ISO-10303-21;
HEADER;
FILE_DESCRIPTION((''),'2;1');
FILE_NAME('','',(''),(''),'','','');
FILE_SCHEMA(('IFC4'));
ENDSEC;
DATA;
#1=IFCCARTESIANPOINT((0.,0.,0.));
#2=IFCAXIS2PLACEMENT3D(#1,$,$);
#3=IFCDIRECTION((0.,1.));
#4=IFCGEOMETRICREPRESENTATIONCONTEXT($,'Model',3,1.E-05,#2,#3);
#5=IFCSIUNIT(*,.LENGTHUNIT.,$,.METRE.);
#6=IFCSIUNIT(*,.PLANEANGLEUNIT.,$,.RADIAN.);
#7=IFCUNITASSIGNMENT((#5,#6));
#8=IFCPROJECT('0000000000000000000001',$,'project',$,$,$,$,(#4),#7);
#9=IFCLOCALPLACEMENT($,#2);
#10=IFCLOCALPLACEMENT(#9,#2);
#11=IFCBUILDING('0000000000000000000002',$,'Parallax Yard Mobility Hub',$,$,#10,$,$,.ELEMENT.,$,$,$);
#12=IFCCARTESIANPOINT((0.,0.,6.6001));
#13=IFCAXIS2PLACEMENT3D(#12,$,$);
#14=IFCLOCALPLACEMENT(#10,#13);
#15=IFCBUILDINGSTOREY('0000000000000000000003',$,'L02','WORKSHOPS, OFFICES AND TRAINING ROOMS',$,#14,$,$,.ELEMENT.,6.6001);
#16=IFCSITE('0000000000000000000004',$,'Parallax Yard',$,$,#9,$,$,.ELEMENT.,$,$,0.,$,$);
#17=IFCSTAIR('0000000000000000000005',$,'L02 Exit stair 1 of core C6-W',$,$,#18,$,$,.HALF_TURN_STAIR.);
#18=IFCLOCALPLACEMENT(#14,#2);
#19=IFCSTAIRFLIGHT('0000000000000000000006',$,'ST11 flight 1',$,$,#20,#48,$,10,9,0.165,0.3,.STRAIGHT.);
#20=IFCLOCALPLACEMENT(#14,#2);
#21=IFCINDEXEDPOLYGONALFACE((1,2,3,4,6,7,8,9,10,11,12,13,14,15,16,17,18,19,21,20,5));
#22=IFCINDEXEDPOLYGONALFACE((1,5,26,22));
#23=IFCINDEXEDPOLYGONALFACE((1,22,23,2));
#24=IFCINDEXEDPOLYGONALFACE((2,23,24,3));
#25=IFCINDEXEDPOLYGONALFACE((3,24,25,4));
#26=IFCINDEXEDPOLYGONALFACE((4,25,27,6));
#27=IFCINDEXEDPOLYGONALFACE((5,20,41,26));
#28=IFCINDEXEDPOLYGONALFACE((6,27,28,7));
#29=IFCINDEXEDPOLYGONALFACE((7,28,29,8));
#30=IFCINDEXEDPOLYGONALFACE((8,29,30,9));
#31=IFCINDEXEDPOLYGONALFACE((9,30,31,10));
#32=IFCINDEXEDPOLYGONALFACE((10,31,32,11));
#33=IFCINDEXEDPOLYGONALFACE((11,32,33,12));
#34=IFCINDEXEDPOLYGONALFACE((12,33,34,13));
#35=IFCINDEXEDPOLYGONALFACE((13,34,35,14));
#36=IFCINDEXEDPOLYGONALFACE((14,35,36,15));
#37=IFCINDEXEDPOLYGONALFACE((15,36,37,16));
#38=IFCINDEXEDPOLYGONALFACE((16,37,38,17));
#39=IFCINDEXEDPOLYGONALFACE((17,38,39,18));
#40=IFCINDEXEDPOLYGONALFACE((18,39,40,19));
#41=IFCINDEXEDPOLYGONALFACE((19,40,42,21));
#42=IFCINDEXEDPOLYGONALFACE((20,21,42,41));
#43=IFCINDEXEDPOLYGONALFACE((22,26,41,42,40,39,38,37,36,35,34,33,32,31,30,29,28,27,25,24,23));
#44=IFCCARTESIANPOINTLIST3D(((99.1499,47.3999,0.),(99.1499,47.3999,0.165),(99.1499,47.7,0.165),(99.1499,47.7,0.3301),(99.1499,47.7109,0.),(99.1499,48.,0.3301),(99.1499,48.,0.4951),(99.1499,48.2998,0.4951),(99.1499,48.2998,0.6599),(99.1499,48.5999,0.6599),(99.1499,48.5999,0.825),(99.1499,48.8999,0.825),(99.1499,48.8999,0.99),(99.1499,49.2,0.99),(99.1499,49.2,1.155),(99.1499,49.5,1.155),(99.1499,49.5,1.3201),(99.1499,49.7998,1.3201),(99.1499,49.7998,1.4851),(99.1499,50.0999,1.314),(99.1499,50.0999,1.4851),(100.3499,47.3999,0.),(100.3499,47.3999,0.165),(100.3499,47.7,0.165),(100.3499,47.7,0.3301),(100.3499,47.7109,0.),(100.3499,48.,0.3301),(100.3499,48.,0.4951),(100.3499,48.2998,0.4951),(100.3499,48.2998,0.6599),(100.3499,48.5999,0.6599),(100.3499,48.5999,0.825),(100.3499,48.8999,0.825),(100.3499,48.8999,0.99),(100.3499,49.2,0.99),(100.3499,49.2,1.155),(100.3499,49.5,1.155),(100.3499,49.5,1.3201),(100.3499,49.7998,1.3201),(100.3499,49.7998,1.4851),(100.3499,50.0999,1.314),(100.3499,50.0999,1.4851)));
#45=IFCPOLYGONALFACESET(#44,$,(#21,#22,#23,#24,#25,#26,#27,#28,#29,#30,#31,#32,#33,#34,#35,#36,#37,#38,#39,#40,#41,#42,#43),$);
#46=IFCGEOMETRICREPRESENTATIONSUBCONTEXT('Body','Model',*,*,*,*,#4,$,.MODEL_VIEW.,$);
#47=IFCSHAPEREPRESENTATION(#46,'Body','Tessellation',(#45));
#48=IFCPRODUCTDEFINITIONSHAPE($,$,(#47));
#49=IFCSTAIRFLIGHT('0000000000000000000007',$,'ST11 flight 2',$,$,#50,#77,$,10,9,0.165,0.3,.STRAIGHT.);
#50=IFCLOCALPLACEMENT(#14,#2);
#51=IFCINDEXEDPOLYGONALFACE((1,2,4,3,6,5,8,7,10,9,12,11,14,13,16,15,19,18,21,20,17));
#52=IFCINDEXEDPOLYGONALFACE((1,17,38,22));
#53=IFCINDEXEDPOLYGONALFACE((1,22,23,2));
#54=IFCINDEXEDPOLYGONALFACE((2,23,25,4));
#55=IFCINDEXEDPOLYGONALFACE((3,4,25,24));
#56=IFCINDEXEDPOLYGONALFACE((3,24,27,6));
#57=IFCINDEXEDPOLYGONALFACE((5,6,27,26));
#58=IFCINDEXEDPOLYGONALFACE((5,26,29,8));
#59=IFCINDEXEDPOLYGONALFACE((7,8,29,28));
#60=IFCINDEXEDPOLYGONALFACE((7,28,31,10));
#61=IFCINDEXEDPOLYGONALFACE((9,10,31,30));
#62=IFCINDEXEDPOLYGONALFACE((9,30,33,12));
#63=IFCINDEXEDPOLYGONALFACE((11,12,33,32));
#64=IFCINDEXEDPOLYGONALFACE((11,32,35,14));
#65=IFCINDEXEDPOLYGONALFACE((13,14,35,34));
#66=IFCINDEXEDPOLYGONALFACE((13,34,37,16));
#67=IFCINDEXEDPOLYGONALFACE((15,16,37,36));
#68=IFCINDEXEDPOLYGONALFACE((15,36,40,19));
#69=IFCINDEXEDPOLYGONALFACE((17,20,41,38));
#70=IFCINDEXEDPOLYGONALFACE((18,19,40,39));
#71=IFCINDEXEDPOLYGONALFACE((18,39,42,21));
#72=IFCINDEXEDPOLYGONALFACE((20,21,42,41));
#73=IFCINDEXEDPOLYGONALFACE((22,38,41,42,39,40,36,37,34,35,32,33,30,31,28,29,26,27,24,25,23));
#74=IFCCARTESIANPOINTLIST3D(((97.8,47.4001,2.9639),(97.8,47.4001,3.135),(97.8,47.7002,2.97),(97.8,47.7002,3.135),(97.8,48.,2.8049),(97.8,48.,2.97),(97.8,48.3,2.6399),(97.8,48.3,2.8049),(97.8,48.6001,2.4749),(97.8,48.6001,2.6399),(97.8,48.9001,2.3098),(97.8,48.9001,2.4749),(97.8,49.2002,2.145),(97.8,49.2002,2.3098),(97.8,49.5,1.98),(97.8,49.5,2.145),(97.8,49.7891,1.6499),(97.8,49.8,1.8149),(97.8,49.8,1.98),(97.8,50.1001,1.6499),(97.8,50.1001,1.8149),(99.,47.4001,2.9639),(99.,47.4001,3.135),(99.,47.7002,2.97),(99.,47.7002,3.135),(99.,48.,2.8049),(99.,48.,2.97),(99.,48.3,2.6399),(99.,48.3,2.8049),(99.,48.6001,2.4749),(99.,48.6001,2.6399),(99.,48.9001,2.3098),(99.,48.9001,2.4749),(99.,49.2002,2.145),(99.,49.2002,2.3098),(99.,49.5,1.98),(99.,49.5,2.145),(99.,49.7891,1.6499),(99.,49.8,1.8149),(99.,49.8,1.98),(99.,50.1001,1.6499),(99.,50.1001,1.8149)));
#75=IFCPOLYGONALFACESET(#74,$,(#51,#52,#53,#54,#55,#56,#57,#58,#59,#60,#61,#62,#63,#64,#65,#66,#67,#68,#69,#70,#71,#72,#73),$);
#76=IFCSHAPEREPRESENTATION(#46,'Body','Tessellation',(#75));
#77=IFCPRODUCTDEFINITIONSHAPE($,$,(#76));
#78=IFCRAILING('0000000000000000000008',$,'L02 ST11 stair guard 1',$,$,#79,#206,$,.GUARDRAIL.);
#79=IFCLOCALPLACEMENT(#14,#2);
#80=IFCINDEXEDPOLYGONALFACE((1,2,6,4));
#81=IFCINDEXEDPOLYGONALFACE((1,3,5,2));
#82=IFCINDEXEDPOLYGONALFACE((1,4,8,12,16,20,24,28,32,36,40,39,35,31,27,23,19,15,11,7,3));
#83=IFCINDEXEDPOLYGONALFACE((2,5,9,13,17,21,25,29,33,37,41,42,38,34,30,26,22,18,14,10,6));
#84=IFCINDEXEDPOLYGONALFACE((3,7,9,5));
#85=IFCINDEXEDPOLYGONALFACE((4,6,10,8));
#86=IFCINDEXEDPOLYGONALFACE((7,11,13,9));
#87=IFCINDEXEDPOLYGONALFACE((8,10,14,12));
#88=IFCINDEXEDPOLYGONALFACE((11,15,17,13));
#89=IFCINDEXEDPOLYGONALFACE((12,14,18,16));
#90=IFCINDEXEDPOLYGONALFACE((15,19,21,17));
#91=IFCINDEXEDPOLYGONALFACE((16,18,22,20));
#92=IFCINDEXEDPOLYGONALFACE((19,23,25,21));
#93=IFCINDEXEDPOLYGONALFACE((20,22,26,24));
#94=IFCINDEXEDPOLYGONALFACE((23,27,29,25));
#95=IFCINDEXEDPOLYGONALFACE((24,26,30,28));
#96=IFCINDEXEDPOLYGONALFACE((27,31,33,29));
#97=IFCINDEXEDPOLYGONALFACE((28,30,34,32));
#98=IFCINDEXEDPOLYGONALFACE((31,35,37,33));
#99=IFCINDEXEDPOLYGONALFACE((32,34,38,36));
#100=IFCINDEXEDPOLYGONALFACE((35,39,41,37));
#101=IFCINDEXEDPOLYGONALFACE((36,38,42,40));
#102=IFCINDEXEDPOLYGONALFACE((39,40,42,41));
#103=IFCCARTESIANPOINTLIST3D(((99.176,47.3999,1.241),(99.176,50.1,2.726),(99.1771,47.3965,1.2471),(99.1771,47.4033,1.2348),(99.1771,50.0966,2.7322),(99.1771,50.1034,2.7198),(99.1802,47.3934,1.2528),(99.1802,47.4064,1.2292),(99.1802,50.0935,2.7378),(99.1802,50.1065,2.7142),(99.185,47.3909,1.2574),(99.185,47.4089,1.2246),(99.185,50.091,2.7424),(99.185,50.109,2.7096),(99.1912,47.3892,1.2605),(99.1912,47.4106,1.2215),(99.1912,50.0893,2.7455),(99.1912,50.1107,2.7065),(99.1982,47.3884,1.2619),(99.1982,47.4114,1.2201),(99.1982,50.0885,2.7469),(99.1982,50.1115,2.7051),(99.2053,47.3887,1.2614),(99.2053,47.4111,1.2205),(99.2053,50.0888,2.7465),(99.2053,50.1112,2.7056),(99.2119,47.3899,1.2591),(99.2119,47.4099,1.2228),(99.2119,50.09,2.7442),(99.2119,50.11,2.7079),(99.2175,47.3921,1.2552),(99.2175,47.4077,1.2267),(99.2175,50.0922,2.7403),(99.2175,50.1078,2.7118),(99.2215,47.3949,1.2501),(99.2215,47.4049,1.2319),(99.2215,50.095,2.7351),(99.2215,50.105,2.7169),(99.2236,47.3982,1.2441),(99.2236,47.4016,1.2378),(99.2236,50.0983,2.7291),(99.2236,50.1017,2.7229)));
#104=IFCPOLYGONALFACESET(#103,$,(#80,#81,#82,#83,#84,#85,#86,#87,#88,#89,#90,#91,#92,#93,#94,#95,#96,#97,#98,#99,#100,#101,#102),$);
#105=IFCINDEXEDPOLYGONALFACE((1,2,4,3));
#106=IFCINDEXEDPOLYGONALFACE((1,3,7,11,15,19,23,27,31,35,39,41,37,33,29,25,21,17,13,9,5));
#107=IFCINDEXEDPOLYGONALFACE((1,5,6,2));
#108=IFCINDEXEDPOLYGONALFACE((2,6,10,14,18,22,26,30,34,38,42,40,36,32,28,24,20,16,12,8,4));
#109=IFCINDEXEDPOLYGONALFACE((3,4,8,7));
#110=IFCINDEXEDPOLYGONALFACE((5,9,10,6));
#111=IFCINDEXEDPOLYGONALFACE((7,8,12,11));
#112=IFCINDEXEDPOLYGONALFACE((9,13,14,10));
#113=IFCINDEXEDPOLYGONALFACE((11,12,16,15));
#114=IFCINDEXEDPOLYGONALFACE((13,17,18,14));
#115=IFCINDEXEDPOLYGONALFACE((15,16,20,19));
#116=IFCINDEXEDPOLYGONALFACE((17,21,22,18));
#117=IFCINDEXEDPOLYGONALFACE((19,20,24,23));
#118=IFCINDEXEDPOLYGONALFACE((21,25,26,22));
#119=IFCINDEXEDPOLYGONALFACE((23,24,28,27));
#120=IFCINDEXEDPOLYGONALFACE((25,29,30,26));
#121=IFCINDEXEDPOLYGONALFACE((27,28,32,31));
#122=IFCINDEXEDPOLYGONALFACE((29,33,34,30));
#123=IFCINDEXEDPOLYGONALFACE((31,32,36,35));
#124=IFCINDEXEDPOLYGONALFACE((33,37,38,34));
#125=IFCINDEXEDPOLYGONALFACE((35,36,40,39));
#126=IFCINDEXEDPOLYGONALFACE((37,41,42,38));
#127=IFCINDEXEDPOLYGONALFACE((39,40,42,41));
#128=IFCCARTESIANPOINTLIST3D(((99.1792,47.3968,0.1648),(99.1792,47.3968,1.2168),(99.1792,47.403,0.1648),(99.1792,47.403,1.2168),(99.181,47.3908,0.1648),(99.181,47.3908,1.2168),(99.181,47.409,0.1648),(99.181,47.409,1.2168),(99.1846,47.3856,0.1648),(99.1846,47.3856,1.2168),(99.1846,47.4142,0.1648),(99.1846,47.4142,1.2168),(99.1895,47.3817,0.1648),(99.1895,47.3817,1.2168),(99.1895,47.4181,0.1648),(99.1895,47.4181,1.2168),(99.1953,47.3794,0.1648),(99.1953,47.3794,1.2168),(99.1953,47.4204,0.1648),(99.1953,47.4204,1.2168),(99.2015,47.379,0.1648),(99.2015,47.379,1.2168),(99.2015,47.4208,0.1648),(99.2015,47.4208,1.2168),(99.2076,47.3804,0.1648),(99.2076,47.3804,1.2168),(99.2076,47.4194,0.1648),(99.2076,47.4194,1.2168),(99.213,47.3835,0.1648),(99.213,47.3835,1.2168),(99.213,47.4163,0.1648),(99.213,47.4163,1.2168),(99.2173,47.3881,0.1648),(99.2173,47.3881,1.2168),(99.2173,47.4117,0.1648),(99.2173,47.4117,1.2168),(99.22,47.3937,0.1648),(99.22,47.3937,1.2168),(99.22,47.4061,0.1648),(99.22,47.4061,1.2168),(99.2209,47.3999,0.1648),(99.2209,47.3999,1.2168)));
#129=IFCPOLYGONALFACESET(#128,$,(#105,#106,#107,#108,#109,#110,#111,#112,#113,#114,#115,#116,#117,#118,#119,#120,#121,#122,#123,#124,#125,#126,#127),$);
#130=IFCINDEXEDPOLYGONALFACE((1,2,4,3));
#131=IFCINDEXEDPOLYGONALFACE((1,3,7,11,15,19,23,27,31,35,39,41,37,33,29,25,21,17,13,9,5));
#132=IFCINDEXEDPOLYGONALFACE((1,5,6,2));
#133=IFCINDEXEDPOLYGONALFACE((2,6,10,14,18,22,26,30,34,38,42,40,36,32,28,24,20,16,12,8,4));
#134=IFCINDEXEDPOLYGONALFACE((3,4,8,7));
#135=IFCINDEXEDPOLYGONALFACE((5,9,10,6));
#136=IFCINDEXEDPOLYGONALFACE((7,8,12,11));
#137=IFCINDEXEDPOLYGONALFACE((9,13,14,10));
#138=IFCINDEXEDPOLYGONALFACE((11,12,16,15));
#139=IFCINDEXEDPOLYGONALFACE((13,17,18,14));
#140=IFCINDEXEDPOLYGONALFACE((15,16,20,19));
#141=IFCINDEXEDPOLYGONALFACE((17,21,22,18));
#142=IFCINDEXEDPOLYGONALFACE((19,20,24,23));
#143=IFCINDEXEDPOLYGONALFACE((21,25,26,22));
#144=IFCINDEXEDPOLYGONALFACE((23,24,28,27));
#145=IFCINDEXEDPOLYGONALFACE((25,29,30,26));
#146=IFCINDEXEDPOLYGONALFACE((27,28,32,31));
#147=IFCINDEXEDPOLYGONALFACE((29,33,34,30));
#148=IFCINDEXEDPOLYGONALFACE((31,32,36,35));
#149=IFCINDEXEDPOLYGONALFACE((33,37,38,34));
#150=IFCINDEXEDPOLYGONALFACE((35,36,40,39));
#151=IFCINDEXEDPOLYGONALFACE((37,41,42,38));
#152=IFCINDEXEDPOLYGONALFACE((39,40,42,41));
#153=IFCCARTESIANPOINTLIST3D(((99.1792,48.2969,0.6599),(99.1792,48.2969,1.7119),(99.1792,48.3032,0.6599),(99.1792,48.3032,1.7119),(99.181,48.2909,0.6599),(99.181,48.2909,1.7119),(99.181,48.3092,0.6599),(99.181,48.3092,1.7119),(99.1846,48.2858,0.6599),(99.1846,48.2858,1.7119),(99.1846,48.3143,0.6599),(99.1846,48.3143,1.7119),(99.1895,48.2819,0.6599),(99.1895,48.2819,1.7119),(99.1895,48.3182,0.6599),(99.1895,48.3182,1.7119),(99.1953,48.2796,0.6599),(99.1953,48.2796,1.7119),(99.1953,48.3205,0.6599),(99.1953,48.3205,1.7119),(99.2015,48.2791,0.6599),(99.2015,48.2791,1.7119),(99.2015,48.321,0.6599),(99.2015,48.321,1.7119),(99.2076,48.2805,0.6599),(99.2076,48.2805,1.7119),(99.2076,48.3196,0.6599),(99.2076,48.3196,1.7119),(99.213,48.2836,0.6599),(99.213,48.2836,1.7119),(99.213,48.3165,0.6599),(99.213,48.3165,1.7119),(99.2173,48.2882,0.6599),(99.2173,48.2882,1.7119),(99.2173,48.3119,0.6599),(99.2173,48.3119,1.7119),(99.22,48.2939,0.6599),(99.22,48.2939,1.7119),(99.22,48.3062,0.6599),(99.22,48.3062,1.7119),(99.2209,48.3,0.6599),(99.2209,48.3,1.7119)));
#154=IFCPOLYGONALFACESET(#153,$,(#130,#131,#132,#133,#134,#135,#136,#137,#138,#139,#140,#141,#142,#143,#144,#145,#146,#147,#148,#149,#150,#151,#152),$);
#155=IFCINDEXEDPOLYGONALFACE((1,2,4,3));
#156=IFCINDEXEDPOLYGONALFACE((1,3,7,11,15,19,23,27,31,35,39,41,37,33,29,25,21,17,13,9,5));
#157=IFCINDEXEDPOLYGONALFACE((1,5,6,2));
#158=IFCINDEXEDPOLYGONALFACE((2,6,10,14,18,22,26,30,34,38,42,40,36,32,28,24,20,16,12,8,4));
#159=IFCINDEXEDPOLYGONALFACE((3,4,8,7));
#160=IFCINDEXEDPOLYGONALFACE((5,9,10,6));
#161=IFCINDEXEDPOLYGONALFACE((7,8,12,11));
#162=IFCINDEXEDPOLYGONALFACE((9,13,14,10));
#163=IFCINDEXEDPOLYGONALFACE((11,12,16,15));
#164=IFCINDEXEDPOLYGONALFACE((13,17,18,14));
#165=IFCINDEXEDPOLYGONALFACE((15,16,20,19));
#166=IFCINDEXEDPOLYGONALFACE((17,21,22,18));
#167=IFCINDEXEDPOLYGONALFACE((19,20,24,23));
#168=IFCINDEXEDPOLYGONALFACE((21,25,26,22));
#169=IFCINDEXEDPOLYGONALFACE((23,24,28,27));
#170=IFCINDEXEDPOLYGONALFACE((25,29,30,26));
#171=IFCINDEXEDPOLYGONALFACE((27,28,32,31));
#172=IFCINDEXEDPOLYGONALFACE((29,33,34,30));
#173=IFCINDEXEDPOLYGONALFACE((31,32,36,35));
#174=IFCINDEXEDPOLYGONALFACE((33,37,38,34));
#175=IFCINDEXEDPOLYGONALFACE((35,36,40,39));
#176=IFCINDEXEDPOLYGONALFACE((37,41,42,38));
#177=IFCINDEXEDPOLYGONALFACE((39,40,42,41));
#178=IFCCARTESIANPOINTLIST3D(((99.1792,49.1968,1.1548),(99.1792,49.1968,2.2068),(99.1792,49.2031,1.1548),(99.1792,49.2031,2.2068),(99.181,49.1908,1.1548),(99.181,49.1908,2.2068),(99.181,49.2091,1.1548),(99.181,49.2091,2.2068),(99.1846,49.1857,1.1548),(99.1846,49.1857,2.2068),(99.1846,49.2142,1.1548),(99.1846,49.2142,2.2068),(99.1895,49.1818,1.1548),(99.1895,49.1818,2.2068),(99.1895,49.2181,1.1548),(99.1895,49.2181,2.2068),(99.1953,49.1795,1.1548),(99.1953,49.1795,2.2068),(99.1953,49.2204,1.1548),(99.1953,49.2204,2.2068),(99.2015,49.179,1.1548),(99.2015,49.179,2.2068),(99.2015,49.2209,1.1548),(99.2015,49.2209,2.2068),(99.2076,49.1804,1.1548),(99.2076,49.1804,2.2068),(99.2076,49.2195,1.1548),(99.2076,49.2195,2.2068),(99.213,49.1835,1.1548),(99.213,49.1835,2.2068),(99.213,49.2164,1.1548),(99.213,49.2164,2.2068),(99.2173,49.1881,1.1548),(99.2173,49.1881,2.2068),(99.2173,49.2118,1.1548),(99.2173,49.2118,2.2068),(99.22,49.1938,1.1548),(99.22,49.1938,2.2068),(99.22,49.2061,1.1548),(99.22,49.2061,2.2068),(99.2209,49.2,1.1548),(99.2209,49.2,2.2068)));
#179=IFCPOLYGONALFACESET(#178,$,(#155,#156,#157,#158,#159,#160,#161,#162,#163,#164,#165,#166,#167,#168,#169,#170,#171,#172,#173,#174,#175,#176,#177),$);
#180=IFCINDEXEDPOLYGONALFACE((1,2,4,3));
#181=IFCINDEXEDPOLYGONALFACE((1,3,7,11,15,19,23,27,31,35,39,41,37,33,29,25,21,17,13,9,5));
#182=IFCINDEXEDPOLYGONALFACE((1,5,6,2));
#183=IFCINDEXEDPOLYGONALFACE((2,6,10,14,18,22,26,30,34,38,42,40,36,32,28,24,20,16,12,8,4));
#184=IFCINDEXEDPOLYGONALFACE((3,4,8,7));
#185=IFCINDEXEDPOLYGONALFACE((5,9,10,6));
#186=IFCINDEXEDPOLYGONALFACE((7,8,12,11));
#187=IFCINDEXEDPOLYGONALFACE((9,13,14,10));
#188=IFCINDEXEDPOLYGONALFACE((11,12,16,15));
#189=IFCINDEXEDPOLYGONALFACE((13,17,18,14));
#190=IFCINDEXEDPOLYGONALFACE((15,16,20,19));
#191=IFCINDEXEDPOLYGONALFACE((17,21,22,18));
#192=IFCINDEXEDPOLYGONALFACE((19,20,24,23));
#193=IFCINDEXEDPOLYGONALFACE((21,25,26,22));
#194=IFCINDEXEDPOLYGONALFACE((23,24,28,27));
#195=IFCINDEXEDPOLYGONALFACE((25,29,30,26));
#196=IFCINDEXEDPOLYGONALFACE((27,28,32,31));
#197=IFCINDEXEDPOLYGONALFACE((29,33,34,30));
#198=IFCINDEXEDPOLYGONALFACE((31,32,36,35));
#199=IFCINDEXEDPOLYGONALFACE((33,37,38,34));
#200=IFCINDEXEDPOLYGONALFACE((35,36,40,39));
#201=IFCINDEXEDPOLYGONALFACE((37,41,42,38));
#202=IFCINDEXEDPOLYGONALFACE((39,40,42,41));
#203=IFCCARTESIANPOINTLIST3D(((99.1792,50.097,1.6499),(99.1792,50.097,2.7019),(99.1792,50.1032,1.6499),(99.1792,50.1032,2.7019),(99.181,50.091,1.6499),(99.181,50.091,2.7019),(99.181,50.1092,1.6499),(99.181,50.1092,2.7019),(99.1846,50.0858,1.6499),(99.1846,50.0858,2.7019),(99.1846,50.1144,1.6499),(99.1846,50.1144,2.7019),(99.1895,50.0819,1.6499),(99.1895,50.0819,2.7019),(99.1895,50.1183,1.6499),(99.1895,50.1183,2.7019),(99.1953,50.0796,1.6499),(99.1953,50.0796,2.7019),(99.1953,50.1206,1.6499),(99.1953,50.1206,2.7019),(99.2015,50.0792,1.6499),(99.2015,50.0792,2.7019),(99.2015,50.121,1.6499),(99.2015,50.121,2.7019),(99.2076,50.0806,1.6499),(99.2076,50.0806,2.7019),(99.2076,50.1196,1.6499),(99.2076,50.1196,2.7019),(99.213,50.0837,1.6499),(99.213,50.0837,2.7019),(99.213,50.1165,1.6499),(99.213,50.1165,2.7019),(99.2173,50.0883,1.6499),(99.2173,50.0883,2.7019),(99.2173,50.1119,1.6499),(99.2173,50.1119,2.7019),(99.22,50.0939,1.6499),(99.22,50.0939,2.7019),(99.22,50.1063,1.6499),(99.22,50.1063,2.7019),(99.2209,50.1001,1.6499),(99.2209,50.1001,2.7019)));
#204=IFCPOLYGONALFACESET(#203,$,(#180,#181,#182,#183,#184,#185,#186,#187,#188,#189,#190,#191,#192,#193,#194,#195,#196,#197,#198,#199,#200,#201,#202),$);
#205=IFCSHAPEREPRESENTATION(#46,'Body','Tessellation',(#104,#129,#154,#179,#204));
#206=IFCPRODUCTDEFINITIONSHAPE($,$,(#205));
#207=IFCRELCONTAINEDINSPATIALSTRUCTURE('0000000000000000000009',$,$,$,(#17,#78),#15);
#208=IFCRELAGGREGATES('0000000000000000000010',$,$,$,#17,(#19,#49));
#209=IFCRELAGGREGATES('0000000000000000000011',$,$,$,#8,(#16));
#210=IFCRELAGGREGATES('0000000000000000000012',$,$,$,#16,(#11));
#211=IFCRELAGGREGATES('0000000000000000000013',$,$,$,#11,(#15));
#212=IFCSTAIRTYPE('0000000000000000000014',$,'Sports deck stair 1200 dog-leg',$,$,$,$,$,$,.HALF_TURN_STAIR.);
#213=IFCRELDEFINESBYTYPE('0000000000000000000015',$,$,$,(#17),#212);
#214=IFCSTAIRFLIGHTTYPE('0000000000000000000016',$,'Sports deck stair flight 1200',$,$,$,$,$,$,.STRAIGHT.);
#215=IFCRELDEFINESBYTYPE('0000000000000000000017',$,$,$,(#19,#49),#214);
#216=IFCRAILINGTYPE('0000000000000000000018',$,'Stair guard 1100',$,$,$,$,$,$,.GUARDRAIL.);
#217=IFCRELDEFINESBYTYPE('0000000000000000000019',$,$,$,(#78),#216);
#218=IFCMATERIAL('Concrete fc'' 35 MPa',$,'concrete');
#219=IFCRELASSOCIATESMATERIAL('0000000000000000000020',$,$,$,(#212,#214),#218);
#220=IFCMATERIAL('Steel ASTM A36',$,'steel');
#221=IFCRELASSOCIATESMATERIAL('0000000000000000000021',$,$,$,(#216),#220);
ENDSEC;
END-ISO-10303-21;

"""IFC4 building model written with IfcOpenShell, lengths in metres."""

from ifc_helpers import new_model, si_unit, direction, frame, origin, origin_2d, place, context, subcontext, project, spatial, polyline, circle, outline, extrude, material, type_object, element, aggregate, save


model = new_model("IFC4")

# Units and contexts
model_context = context("Model", 3, precision=1e-05, world=origin(), true_north=direction((0.0, 1.0)))
body_context = subcontext(model_context, "Body", "Model", "MODEL_VIEW")
ifc_project = project(units=[si_unit("LENGTHUNIT", "METRE"), si_unit("PLANEANGLEUNIT", "RADIAN")], contexts=[model_context])

# Site, building, storey
site_placement = place(None, origin())
site = spatial("IfcSite", under=ifc_project, at=site_placement, Name="Parallax Yard", CompositionType="ELEMENT", RefElevation=0.0)
building_placement = place(site_placement, origin())
building = spatial("IfcBuilding", under=site, at=building_placement, Name="Parallax Yard Mobility Hub", CompositionType="ELEMENT")
storey_placement = place(building_placement, frame((0.0, 0.0, 6.6001)))
storey = spatial("IfcBuildingStorey", under=building, at=storey_placement, Name="L02", Description="WORKSHOPS, OFFICES AND TRAINING ROOMS", CompositionType="ELEMENT", Elevation=6.6001)

# Shared definitions
ifc_material_1 = material(Name="Concrete fc' 35 MPa", Category="concrete")

# Stair, stair flights
stair_type = type_object("IfcStairType", Name="Sports deck stair 1200 dog-leg", PredefinedType="HALF_TURN_STAIR", material=ifc_material_1)
stair_placement = place(storey_placement, origin())
stair = element("IfcStair", 1, at=stair_placement, inside=storey, type_object=stair_type, Name="L02 Exit stair 1 of core C6-W", PredefinedType="HALF_TURN_STAIR")
stair_flight_type = type_object("IfcStairFlightType", Name="Sports deck stair flight 1200", PredefinedType="STRAIGHT", material=ifc_material_1)
stair_flight_1_placement = place(storey_placement, frame((99.75, 47.3999, 0.0), z_axis=(0.0, 0.0, 1.0), x_axis=(0.0, 1.0, 0.0)))
stair_flight_1 = element("IfcStairFlight", 2, at=stair_flight_1_placement, type_object=stair_flight_type, Name="ST11 flight 1", NumberOfRisers=10, NumberOfTreads=9, PredefinedType="STRAIGHT", RiserHeight=0.165, TreadLength=0.3, context=body_context, shape_type="SweptSolid", body=[
    extrude(outline(polyline([(0.0, 0.0), (0.0, 0.165), (0.3, 0.165), (0.3, 0.3301), (0.6001, 0.3301), (0.6001, 0.4951), (0.8999, 0.4951), (0.8999, 0.6599), (1.2, 0.6599), (1.2, 0.825), (1.5, 0.825), (1.5, 0.99), (1.8, 0.99), (1.8, 1.155), (2.1001, 1.155), (2.1001, 1.3201), (2.3999, 1.3201), (2.3999, 1.4851), (2.7, 1.4851), (2.7, 1.6499), (2.7, 1.314), (0.311, 0.0), (0.0, 0.0)])), frame((0.0, 0.6001, 0.0), z_axis=(0.0, -1.0, 0.0), x_axis=(1.0, 0.0, 0.0)), (0.0, 0.0, 1.0), 1.2),
])
stair_flight_2_placement = place(storey_placement, frame((98.3999, 50.1001, 1.6499), z_axis=(0.0, 0.0, 1.0), x_axis=(0.0, -1.0, 0.0)))
stair_flight_2 = element("IfcStairFlight", 3, at=stair_flight_2_placement, type_object=stair_flight_type, Name="ST11 flight 2", NumberOfRisers=10, NumberOfTreads=9, PredefinedType="STRAIGHT", RiserHeight=0.165, TreadLength=0.3, context=body_context, shape_type="SweptSolid", body=[
    extrude(outline(polyline([(0.0, 0.0), (0.0, 0.165), (0.3, 0.165), (0.3, 0.3301), (0.6001, 0.3301), (0.6001, 0.4951), (0.8999, 0.4951), (0.8999, 0.6599), (1.2, 0.6599), (1.2, 0.825), (1.5, 0.825), (1.5, 0.99), (1.8, 0.99), (1.8, 1.155), (2.1001, 1.155), (2.1001, 1.3201), (2.3999, 1.3201), (2.3999, 1.4851), (2.7, 1.4851), (2.7, 1.6499), (2.7, 1.314), (0.311, 0.0), (0.0, 0.0)])), frame((0.0, 0.6001, 0.0), z_axis=(0.0, -1.0, 0.0), x_axis=(1.0, 0.0, 0.0)), (0.0, 0.0, 1.0), 1.2),
])
aggregate(stair, [stair_flight_1, stair_flight_2])

# Railing
ifc_material_2 = material(Name="Steel ASTM A36", Category="steel")
railing_type_1 = type_object("IfcRailingType", Name="Stair guard 1100", PredefinedType="GUARDRAIL", material=ifc_material_2)
railing_1_placement = place(storey_placement, frame((99.2, 47.3999, 0.1648)))
element("IfcRailing", 4, at=railing_1_placement, inside=storey, type_object=railing_type_1, Name="L02 ST11 stair guard 1", PredefinedType="GUARDRAIL", context=body_context, shape_type="SweptSolid", body=[
    extrude(circle(Radius=0.0239, at=origin_2d()), frame((0.0, 0.0, 1.0762), z_axis=(0.0, 0.876216, 0.481919), x_axis=(-1.0, 0.0, 0.0)), (0.0, 0.0, 1.0), 3.0815),
    extrude(circle(Radius=0.021, at=origin_2d()), origin(), (0.0, 0.0, 1.0), 1.052),
    extrude(circle(Radius=0.021, at=origin_2d()), frame((0.0, 0.9001, 0.4951)), (0.0, 0.0, 1.0), 1.052),
    extrude(circle(Radius=0.021, at=origin_2d()), frame((0.0, 1.8, 0.99)), (0.0, 0.0, 1.0), 1.052),
    extrude(circle(Radius=0.021, at=origin_2d()), frame((0.0, 2.7002, 1.4851)), (0.0, 0.0, 1.0), 1.052),
])

save(model, "model.ifc")
